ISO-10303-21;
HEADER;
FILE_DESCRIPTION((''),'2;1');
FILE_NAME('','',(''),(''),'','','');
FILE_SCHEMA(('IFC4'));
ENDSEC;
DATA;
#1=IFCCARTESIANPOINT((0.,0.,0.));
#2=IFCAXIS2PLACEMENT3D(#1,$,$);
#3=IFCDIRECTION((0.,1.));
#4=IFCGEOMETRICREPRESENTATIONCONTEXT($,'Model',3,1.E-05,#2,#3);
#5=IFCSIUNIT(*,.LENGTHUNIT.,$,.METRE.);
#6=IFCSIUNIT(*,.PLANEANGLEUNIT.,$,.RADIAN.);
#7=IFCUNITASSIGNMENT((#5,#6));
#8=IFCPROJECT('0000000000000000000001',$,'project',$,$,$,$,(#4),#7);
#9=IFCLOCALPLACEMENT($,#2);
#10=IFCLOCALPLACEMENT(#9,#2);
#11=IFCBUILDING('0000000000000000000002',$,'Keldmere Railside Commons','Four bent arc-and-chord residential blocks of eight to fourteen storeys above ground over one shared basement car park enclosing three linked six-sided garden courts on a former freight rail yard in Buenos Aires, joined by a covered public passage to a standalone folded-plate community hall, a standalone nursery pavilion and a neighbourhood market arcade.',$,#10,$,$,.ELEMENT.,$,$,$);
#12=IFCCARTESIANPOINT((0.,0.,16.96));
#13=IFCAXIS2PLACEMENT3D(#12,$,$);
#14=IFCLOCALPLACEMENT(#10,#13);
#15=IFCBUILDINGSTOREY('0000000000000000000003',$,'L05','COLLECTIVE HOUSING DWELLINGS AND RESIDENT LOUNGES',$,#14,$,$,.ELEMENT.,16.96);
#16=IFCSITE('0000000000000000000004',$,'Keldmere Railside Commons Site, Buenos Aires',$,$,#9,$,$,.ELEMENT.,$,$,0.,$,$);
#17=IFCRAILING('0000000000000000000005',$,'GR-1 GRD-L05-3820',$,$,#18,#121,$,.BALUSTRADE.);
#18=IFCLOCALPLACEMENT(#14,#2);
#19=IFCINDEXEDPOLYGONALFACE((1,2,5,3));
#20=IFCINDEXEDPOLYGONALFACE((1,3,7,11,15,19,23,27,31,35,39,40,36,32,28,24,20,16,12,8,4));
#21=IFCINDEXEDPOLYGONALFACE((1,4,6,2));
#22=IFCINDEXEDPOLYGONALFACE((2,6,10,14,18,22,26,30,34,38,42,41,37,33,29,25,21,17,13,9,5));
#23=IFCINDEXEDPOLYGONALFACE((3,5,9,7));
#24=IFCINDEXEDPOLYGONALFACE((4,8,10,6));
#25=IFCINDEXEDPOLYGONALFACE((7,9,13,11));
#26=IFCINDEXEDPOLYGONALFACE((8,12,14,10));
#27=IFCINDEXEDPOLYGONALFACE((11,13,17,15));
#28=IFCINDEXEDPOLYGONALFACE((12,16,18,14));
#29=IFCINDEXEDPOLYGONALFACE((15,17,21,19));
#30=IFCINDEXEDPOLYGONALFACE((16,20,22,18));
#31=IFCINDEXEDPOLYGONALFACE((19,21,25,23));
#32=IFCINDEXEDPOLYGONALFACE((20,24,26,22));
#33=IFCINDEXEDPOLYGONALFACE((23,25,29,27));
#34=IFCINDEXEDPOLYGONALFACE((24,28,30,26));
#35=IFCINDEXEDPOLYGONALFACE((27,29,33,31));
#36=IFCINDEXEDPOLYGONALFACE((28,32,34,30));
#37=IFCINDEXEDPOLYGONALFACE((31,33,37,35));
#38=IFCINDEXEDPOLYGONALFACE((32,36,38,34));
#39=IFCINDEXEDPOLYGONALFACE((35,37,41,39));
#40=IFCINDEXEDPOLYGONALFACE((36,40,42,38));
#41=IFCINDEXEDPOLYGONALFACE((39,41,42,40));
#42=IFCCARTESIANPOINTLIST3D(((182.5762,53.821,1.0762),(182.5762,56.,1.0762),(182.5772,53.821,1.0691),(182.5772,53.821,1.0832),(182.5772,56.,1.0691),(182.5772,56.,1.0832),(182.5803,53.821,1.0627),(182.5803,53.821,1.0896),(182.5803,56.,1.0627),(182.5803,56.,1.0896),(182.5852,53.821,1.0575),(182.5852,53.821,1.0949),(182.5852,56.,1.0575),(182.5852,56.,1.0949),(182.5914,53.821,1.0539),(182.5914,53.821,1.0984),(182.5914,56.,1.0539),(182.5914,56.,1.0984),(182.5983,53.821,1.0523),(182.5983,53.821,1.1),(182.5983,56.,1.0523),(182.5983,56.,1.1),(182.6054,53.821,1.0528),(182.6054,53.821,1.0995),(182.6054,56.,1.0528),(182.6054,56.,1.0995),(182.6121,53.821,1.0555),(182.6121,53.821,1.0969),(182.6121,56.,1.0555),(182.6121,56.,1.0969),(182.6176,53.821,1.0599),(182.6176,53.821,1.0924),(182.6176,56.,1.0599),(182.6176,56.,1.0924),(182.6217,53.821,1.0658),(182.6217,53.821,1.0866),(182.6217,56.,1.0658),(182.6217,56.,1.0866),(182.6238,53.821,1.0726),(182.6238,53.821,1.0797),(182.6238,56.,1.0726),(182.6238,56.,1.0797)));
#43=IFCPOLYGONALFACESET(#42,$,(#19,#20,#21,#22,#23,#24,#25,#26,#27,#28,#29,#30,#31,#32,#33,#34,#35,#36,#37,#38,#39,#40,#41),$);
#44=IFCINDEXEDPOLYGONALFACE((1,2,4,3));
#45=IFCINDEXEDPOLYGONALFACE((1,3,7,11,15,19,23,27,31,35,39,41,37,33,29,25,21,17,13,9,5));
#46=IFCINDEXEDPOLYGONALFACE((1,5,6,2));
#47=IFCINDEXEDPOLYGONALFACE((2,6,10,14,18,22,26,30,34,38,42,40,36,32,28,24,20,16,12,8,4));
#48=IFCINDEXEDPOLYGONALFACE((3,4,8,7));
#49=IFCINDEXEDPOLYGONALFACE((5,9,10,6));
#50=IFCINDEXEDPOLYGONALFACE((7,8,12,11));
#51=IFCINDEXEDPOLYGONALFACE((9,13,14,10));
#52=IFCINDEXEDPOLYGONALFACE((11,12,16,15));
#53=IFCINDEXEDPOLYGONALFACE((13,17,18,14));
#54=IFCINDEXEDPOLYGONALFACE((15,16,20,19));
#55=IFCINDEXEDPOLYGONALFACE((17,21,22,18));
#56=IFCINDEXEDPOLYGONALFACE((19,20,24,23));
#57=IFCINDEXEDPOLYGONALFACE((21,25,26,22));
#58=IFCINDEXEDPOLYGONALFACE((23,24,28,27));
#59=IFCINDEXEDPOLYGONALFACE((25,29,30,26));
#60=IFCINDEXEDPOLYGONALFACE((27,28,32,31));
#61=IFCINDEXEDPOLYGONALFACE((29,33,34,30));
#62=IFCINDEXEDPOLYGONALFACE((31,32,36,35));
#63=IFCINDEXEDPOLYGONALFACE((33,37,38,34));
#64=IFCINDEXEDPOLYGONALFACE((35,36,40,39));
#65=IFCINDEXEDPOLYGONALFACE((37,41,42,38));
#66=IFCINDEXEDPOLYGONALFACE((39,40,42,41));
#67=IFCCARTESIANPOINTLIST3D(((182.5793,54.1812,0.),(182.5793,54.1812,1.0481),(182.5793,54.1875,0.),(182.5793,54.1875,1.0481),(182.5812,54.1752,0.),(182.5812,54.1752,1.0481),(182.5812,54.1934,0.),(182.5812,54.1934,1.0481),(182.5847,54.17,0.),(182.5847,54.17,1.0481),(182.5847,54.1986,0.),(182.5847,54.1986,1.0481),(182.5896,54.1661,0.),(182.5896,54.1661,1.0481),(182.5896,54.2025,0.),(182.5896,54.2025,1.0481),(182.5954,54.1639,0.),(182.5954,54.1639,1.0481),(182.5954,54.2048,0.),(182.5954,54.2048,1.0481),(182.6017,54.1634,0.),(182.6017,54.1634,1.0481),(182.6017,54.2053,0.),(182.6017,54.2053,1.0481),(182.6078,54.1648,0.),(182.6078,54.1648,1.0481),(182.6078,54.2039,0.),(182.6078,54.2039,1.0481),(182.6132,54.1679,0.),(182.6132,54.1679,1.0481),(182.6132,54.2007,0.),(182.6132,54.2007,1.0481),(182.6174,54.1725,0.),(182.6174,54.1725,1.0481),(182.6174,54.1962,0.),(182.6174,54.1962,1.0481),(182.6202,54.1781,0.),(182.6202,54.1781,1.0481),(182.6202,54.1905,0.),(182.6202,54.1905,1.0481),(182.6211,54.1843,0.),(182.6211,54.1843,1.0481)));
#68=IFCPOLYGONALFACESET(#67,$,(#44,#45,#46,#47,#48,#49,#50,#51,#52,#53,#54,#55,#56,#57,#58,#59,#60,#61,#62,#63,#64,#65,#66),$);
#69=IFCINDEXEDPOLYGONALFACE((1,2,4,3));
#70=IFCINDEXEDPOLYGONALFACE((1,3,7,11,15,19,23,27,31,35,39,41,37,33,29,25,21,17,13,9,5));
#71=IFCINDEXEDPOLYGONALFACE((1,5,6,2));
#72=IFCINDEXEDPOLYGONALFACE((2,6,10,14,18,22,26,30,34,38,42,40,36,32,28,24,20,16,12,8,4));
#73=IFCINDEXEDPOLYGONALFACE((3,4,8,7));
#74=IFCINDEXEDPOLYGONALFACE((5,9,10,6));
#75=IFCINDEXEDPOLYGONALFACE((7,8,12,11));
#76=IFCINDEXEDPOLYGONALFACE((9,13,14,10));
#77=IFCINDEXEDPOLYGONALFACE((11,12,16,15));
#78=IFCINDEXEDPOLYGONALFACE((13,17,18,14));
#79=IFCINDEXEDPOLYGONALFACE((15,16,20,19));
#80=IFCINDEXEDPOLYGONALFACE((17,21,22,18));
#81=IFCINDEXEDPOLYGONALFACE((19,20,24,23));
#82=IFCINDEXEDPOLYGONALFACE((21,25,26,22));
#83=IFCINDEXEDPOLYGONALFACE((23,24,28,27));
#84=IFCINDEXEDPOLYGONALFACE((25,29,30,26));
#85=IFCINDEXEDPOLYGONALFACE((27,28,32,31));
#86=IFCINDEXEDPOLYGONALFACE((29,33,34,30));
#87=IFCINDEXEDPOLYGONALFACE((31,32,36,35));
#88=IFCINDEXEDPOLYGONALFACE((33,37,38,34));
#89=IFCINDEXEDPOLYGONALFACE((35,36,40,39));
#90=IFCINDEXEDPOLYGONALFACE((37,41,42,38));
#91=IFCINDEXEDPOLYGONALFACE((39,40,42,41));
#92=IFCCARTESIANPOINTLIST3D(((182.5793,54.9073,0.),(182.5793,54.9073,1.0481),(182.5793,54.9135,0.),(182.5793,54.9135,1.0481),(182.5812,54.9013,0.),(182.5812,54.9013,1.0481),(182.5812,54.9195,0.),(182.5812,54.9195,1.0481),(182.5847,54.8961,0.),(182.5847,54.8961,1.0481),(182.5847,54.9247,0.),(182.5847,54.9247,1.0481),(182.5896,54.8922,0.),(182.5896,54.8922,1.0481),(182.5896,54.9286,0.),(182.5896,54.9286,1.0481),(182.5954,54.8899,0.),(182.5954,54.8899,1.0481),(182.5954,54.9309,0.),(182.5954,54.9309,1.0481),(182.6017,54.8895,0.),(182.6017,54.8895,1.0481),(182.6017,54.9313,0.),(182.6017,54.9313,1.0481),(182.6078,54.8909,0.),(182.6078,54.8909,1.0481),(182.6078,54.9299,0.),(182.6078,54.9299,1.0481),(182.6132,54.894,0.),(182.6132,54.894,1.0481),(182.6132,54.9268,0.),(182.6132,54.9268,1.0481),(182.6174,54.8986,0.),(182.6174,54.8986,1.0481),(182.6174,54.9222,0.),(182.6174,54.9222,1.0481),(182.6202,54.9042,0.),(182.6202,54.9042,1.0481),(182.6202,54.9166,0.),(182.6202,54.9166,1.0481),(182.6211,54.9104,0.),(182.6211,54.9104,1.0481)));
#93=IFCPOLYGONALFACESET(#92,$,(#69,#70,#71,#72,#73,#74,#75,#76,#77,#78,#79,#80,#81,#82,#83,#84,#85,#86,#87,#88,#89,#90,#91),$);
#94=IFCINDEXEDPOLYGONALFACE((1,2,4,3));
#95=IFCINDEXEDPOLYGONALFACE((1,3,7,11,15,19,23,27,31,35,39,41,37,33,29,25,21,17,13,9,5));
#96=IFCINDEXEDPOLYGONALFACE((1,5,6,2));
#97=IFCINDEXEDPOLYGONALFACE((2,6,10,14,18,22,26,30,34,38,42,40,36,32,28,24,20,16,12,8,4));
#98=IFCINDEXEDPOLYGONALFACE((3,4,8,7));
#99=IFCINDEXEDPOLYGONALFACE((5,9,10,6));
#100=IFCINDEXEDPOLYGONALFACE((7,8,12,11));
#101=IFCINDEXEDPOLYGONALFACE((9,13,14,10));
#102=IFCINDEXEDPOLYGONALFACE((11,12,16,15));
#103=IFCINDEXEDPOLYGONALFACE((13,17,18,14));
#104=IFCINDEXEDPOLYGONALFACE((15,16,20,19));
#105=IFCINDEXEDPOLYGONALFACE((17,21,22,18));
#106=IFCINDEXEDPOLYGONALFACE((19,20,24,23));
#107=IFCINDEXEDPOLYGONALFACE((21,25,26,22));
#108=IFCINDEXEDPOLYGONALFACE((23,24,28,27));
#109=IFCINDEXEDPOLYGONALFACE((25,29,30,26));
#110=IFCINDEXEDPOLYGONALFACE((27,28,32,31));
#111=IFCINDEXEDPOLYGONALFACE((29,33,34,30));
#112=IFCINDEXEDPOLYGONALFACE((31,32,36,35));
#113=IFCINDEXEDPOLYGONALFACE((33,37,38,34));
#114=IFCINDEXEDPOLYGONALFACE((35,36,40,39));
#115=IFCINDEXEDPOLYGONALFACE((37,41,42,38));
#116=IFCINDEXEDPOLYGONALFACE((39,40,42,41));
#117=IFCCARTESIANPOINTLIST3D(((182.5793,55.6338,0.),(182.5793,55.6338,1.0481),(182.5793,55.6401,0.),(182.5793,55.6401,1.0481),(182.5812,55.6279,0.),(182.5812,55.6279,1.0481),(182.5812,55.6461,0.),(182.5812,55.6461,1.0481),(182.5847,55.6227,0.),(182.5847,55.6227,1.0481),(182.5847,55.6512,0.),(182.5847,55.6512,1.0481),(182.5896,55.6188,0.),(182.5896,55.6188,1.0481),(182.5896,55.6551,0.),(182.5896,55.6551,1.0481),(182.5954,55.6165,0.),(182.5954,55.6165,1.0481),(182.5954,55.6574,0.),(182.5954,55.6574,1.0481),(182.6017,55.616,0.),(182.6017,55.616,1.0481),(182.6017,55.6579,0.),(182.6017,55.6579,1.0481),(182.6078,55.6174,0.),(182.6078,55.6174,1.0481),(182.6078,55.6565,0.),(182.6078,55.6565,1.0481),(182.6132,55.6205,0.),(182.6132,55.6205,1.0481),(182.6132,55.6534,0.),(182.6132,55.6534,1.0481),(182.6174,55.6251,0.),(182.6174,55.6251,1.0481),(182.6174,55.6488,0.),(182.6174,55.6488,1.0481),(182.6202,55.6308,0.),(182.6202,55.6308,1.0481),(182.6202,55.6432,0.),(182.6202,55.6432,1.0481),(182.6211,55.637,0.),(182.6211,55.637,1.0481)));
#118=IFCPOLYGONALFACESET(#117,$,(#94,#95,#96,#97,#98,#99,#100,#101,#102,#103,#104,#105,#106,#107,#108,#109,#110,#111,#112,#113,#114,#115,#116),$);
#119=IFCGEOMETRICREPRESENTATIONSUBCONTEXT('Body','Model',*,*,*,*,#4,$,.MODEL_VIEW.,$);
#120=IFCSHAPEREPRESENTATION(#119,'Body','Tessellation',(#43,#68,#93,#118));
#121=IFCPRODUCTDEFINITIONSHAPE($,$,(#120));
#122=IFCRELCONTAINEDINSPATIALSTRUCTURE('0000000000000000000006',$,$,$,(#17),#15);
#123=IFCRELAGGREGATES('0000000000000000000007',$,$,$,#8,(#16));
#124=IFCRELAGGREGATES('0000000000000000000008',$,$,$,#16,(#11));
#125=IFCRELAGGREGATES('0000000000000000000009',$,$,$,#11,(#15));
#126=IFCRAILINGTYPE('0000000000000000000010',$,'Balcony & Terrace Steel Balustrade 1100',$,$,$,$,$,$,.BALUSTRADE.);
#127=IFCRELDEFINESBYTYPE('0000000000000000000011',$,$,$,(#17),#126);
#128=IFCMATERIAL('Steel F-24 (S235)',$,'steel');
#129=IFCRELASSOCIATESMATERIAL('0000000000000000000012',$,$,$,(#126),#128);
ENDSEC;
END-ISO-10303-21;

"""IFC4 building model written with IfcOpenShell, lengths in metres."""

from ifc_helpers import new_model, si_unit, direction, frame, origin, origin_2d, place, context, subcontext, project, spatial, circle, extrude, material, type_object, element, save


model = new_model("IFC4")

# Units and contexts
model_context = context("Model", 3, precision=1e-05, world=origin(), true_north=direction((0.0, 1.0)))
body_context = subcontext(model_context, "Body", "Model", "MODEL_VIEW")
ifc_project = project(units=[si_unit("LENGTHUNIT", "METRE"), si_unit("PLANEANGLEUNIT", "RADIAN")], contexts=[model_context])

# Site, building, storey
site_placement = place(None, origin())
site = spatial("IfcSite", under=ifc_project, at=site_placement, Name="Keldmere Railside Commons Site, Buenos Aires", CompositionType="ELEMENT", RefElevation=0.0)
building_placement = place(site_placement, origin())
building = spatial("IfcBuilding", under=site, at=building_placement, Name="Keldmere Railside Commons", Description="Four bent arc-and-chord residential blocks of eight to fourteen storeys above ground over one shared basement car park enclosing three linked six-sided garden courts on a former freight rail yard in Buenos Aires, joined by a covered public passage to a standalone folded-plate community hall, a standalone nursery pavilion and a neighbourhood market arcade.", CompositionType="ELEMENT")
storey_placement = place(building_placement, frame((0.0, 0.0, 16.96)))
storey = spatial("IfcBuildingStorey", under=building, at=storey_placement, Name="L05", Description="COLLECTIVE HOUSING DWELLINGS AND RESIDENT LOUNGES", CompositionType="ELEMENT", Elevation=16.96)

# Shared definitions
ifc_material_1 = material(Name="Steel F-24 (S235)", Category="steel")

# Railing
railing_type = type_object("IfcRailingType", Name="Balcony & Terrace Steel Balustrade 1100", PredefinedType="BALUSTRADE", material=ifc_material_1)
railing_1_placement = place(storey_placement, frame((182.6001, 53.821, 0.0)))
element("IfcRailing", 1, at=railing_1_placement, inside=storey, type_object=railing_type, Name="GR-1 GRD-L05-3820", PredefinedType="BALUSTRADE", context=body_context, shape_type="SweptSolid", body=[
    extrude(circle(Radius=0.0239, at=origin_2d()), frame((0.0, 0.0, 1.0762), z_axis=(0.0, 1.0, 0.0), x_axis=(-1.0, 0.0, 0.0)), (0.0, 0.0, 1.0), 2.179),
    extrude(circle(Radius=0.021, at=origin_2d()), frame((0.0, 0.3633, 0.0)), (0.0, 0.0, 1.0), 1.0481),
    extrude(circle(Radius=0.021, at=origin_2d()), frame((0.0, 1.0894, 0.0)), (0.0, 0.0, 1.0), 1.0481),
    extrude(circle(Radius=0.021, at=origin_2d()), frame((0.0, 1.8159, 0.0)), (0.0, 0.0, 1.0), 1.0481),
])

save(model, "model.ifc")
